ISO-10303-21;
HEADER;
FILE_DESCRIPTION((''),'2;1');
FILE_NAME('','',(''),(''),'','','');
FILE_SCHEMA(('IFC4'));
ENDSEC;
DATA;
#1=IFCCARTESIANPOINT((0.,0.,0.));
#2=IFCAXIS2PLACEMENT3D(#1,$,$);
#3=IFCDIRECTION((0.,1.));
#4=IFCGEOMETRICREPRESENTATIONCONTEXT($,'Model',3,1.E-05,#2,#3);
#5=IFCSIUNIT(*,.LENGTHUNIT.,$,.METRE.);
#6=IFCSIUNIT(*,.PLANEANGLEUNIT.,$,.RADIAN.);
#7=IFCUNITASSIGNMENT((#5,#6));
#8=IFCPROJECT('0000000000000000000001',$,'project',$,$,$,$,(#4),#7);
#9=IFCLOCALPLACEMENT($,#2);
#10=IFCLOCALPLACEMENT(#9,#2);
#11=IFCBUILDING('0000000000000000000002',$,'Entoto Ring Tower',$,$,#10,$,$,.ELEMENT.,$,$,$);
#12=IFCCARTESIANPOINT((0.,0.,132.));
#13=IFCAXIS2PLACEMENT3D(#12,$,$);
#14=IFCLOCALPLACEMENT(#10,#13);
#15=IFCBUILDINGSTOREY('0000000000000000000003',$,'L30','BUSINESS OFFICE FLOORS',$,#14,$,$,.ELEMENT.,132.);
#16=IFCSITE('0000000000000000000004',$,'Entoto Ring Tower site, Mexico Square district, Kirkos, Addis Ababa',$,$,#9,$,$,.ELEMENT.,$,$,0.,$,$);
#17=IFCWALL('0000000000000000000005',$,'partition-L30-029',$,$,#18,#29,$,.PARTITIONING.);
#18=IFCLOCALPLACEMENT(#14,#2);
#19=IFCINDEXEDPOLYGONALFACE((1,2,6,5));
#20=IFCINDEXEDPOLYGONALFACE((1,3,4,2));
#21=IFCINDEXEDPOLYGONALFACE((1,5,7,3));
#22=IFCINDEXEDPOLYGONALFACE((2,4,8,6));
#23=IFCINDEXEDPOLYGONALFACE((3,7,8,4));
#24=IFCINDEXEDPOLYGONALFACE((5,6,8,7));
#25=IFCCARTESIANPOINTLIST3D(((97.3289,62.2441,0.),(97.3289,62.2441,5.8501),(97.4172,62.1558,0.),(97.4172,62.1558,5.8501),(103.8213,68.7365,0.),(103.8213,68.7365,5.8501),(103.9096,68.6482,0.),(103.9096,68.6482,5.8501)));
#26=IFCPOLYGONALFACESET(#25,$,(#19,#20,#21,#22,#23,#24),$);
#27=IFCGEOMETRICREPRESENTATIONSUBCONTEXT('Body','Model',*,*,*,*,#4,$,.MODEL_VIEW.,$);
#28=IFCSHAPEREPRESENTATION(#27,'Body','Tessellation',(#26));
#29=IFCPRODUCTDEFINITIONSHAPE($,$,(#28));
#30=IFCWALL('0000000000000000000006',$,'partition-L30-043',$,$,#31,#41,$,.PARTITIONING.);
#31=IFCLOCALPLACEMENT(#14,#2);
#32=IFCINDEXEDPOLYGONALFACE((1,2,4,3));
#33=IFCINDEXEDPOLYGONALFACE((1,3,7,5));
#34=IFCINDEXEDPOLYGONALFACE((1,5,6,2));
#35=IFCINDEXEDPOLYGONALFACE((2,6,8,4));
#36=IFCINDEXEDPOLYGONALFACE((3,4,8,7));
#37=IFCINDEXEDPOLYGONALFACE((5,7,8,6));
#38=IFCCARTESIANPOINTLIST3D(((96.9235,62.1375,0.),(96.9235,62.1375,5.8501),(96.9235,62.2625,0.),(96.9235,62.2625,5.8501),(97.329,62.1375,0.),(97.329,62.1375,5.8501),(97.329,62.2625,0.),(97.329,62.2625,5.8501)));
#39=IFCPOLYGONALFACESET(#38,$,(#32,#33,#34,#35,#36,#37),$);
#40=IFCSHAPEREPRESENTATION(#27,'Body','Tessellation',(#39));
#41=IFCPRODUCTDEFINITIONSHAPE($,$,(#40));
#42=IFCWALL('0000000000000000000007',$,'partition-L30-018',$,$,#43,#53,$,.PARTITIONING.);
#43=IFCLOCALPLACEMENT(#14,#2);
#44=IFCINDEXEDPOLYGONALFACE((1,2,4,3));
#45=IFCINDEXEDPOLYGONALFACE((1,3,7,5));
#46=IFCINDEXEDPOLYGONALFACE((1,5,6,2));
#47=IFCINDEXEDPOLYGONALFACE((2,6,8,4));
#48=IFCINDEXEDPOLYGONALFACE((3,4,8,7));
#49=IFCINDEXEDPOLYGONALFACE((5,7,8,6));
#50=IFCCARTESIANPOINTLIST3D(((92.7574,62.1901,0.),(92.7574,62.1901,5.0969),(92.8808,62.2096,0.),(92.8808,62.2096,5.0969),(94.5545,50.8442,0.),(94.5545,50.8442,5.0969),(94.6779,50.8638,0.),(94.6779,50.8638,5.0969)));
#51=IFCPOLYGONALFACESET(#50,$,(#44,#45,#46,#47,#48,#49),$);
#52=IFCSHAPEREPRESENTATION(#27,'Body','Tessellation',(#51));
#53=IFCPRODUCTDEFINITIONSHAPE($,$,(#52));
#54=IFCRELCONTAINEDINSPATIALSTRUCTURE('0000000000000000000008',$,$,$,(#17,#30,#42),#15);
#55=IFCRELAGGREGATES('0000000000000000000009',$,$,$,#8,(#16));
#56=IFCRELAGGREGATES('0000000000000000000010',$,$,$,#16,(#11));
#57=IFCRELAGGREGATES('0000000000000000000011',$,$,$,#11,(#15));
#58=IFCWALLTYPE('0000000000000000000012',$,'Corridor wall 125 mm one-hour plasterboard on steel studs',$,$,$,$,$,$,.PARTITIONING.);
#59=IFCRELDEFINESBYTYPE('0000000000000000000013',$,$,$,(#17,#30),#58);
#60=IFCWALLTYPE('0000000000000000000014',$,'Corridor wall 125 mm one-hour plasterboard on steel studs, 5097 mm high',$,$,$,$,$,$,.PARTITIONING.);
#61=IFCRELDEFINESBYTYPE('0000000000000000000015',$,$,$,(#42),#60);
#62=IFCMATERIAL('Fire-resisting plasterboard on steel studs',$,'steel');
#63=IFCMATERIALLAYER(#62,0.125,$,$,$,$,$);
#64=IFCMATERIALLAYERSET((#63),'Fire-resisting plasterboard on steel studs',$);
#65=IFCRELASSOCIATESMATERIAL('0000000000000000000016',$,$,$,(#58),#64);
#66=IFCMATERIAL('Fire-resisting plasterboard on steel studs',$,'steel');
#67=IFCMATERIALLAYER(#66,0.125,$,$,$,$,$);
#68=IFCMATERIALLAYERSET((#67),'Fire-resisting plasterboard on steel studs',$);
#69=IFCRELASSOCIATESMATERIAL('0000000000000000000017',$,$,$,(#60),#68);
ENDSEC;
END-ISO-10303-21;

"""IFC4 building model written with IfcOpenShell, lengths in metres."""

from ifc_helpers import new_model, si_unit, direction, frame, frame_2d, origin, place, context, subcontext, project, spatial, rectangle, extrude, material, layer, layer_set, type_object, element, save


model = new_model("IFC4")

# Units and contexts
model_context = context("Model", 3, precision=1e-05, world=origin(), true_north=direction((0.0, 1.0)))
body_context = subcontext(model_context, "Body", "Model", "MODEL_VIEW")
ifc_project = project(units=[si_unit("LENGTHUNIT", "METRE"), si_unit("PLANEANGLEUNIT", "RADIAN")], contexts=[model_context])

# Site, building, storey
site_placement = place(None, origin())
site = spatial("IfcSite", under=ifc_project, at=site_placement, Name="Entoto Ring Tower site, Mexico Square district, Kirkos, Addis Ababa", CompositionType="ELEMENT", RefElevation=0.0)
building_placement = place(site_placement, origin())
building = spatial("IfcBuilding", under=site, at=building_placement, Name="Entoto Ring Tower", CompositionType="ELEMENT")
storey_placement = place(building_placement, frame((0.0, 0.0, 132.0)))
storey = spatial("IfcBuildingStorey", under=building, at=storey_placement, Name="L30", Description="BUSINESS OFFICE FLOORS", CompositionType="ELEMENT", Elevation=132.0)

# Shared definitions
ifc_material_1 = material(Name="Fire-resisting plasterboard on steel studs", Category="steel")
ifc_layer_1 = layer(ifc_material_1, 0.125)
ifc_layer_set_1 = layer_set([ifc_layer_1], Name="Fire-resisting plasterboard on steel studs")
wall_type_1 = type_object("IfcWallType", Name="Corridor wall 125 mm one-hour plasterboard on steel studs", PredefinedType="PARTITIONING", material=ifc_layer_set_1)

# Walls
wall_1_placement = place(storey_placement, frame((97.373, 62.2, 0.0), z_axis=(0.0, 0.0, 1.0), x_axis=(0.707107, 0.707107, 0.0)))
element("IfcWall", 1, at=wall_1_placement, inside=storey, type_object=wall_type_1, Name="partition-L30-029", PredefinedType="PARTITIONING", context=body_context, shape_type="SweptSolid", body=[
    extrude(rectangle(XDim=9.1816, YDim=0.125, at=frame_2d((4.5908, 0.0))), origin(), (0.0, 0.0, 1.0), 5.8501),
])
wall_2_placement = place(storey_placement, frame((96.9236, 62.2, 0.0), z_axis=(0.0, 0.0, 1.0), x_axis=(1.0, 0.0, 0.0)))
element("IfcWall", 2, at=wall_2_placement, inside=storey, type_object=wall_type_1, Name="partition-L30-043", PredefinedType="PARTITIONING", context=body_context, shape_type="SweptSolid", body=[
    extrude(rectangle(XDim=0.4055, YDim=0.125, at=frame_2d((0.2026, 0.0))), origin(), (0.0, 0.0, 1.0), 5.8501),
])
ifc_material_2 = material(Name="Fire-resisting plasterboard on steel studs", Category="steel")
ifc_layer_2 = layer(ifc_material_2, 0.125)
ifc_layer_set_2 = layer_set([ifc_layer_2], Name="Fire-resisting plasterboard on steel studs")
wall_type_2 = type_object("IfcWallType", Name="Corridor wall 125 mm one-hour plasterboard on steel studs, 5097 mm high", PredefinedType="PARTITIONING", material=ifc_layer_set_2)
wall_3_placement = place(storey_placement, frame((94.6162, 50.854, 0.0), z_axis=(0.0, 0.0, 1.0), x_axis=(-0.156443, 0.987687, 0.0)))
element("IfcWall", 3, at=wall_3_placement, inside=storey, type_object=wall_type_2, Name="partition-L30-018", PredefinedType="PARTITIONING", context=body_context, shape_type="SweptSolid", body=[
    extrude(rectangle(XDim=11.4873, YDim=0.125, at=frame_2d((5.7437, 0.0))), origin(), (0.0, 0.0, 1.0), 5.0969),
])

save(model, "model.ifc")
